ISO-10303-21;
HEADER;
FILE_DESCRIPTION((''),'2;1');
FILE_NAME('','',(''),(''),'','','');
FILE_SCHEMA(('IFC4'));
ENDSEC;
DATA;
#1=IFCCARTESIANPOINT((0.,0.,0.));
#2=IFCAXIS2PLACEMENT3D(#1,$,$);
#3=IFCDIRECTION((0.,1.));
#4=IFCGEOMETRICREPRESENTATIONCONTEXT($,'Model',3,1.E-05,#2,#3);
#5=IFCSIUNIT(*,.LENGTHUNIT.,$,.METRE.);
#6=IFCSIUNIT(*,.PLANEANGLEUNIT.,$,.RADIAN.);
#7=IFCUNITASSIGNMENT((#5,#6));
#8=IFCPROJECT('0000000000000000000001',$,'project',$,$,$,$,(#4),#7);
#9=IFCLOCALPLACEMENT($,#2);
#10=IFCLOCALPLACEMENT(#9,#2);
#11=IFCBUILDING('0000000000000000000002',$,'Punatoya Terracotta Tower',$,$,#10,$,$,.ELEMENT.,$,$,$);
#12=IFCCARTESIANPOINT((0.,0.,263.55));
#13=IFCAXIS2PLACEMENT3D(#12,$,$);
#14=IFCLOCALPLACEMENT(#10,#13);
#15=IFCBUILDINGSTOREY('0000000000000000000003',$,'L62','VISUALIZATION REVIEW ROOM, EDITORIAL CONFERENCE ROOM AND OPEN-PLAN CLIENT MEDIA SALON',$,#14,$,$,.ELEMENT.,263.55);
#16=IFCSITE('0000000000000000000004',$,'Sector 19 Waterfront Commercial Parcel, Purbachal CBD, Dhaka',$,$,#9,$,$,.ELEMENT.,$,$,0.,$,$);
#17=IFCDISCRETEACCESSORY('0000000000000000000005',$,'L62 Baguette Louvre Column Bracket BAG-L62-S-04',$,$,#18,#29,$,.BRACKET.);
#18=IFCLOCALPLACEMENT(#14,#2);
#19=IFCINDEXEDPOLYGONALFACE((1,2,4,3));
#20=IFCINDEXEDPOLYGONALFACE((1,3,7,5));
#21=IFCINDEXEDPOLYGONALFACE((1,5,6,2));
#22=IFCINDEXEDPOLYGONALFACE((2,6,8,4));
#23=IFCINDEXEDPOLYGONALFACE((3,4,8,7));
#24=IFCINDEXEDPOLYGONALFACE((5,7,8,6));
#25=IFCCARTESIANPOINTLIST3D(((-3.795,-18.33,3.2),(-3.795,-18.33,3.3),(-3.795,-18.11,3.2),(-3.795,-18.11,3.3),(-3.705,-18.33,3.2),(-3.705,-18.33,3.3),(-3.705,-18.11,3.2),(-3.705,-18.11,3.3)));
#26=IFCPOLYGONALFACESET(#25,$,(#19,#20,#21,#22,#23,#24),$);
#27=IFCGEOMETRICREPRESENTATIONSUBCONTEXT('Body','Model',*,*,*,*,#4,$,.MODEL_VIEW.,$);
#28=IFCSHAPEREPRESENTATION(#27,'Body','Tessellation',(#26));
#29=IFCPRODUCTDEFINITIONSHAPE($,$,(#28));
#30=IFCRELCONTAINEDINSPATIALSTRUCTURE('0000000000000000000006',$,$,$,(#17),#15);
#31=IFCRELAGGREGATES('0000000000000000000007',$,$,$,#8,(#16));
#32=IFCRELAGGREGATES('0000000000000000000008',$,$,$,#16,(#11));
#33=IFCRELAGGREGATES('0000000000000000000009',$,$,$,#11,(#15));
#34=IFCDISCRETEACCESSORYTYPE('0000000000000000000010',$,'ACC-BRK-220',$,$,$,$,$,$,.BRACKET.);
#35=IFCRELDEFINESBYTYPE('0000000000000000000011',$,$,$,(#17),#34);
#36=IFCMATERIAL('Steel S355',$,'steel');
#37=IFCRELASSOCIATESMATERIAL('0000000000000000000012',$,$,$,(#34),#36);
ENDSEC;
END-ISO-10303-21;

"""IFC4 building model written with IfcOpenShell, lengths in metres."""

from ifc_helpers import new_model, si_unit, direction, frame, origin, origin_2d, place, context, subcontext, project, spatial, rectangle, extrude, material, type_object, element, save


model = new_model("IFC4")

# Units and contexts
model_context = context("Model", 3, precision=1e-05, world=origin(), true_north=direction((0.0, 1.0)))
body_context = subcontext(model_context, "Body", "Model", "MODEL_VIEW")
ifc_project = project(units=[si_unit("LENGTHUNIT", "METRE"), si_unit("PLANEANGLEUNIT", "RADIAN")], contexts=[model_context])

# Site, building, storey
site_placement = place(None, origin())
site = spatial("IfcSite", under=ifc_project, at=site_placement, Name="Sector 19 Waterfront Commercial Parcel, Purbachal CBD, Dhaka", CompositionType="ELEMENT", RefElevation=0.0)
building_placement = place(site_placement, origin())
building = spatial("IfcBuilding", under=site, at=building_placement, Name="Punatoya Terracotta Tower", CompositionType="ELEMENT")
storey_placement = place(building_placement, frame((0.0, 0.0, 263.55)))
storey = spatial("IfcBuildingStorey", under=building, at=storey_placement, Name="L62", Description="VISUALIZATION REVIEW ROOM, EDITORIAL CONFERENCE ROOM AND OPEN-PLAN CLIENT MEDIA SALON", CompositionType="ELEMENT", Elevation=263.55)

# Discrete accessory
ifc_material_1 = material(Name="Steel S355", Category="steel")
discrete_accessory_type = type_object("IfcDiscreteAccessoryType", Name="ACC-BRK-220", PredefinedType="BRACKET", material=ifc_material_1)
for number, where, z_axis, x_axis, name in (
    (1, (-3.75, -18.22, 3.2), (0.0, 0.0, 1.0), (1.0, 0.0, 0.0), "L62 Baguette Louvre Column Bracket BAG-L62-S-04"),
):
    element("IfcDiscreteAccessory", number, at=place(storey_placement, frame(where, z_axis=z_axis, x_axis=x_axis)), inside=storey, type_object=discrete_accessory_type, Name=name, PredefinedType="BRACKET", context=body_context, shape_type="SweptSolid", body=[
        extrude(rectangle(XDim=0.0901, YDim=0.22, at=origin_2d()), origin(), (0.0, 0.0, 1.0), 0.1001),
    ])

save(model, "model.ifc")
